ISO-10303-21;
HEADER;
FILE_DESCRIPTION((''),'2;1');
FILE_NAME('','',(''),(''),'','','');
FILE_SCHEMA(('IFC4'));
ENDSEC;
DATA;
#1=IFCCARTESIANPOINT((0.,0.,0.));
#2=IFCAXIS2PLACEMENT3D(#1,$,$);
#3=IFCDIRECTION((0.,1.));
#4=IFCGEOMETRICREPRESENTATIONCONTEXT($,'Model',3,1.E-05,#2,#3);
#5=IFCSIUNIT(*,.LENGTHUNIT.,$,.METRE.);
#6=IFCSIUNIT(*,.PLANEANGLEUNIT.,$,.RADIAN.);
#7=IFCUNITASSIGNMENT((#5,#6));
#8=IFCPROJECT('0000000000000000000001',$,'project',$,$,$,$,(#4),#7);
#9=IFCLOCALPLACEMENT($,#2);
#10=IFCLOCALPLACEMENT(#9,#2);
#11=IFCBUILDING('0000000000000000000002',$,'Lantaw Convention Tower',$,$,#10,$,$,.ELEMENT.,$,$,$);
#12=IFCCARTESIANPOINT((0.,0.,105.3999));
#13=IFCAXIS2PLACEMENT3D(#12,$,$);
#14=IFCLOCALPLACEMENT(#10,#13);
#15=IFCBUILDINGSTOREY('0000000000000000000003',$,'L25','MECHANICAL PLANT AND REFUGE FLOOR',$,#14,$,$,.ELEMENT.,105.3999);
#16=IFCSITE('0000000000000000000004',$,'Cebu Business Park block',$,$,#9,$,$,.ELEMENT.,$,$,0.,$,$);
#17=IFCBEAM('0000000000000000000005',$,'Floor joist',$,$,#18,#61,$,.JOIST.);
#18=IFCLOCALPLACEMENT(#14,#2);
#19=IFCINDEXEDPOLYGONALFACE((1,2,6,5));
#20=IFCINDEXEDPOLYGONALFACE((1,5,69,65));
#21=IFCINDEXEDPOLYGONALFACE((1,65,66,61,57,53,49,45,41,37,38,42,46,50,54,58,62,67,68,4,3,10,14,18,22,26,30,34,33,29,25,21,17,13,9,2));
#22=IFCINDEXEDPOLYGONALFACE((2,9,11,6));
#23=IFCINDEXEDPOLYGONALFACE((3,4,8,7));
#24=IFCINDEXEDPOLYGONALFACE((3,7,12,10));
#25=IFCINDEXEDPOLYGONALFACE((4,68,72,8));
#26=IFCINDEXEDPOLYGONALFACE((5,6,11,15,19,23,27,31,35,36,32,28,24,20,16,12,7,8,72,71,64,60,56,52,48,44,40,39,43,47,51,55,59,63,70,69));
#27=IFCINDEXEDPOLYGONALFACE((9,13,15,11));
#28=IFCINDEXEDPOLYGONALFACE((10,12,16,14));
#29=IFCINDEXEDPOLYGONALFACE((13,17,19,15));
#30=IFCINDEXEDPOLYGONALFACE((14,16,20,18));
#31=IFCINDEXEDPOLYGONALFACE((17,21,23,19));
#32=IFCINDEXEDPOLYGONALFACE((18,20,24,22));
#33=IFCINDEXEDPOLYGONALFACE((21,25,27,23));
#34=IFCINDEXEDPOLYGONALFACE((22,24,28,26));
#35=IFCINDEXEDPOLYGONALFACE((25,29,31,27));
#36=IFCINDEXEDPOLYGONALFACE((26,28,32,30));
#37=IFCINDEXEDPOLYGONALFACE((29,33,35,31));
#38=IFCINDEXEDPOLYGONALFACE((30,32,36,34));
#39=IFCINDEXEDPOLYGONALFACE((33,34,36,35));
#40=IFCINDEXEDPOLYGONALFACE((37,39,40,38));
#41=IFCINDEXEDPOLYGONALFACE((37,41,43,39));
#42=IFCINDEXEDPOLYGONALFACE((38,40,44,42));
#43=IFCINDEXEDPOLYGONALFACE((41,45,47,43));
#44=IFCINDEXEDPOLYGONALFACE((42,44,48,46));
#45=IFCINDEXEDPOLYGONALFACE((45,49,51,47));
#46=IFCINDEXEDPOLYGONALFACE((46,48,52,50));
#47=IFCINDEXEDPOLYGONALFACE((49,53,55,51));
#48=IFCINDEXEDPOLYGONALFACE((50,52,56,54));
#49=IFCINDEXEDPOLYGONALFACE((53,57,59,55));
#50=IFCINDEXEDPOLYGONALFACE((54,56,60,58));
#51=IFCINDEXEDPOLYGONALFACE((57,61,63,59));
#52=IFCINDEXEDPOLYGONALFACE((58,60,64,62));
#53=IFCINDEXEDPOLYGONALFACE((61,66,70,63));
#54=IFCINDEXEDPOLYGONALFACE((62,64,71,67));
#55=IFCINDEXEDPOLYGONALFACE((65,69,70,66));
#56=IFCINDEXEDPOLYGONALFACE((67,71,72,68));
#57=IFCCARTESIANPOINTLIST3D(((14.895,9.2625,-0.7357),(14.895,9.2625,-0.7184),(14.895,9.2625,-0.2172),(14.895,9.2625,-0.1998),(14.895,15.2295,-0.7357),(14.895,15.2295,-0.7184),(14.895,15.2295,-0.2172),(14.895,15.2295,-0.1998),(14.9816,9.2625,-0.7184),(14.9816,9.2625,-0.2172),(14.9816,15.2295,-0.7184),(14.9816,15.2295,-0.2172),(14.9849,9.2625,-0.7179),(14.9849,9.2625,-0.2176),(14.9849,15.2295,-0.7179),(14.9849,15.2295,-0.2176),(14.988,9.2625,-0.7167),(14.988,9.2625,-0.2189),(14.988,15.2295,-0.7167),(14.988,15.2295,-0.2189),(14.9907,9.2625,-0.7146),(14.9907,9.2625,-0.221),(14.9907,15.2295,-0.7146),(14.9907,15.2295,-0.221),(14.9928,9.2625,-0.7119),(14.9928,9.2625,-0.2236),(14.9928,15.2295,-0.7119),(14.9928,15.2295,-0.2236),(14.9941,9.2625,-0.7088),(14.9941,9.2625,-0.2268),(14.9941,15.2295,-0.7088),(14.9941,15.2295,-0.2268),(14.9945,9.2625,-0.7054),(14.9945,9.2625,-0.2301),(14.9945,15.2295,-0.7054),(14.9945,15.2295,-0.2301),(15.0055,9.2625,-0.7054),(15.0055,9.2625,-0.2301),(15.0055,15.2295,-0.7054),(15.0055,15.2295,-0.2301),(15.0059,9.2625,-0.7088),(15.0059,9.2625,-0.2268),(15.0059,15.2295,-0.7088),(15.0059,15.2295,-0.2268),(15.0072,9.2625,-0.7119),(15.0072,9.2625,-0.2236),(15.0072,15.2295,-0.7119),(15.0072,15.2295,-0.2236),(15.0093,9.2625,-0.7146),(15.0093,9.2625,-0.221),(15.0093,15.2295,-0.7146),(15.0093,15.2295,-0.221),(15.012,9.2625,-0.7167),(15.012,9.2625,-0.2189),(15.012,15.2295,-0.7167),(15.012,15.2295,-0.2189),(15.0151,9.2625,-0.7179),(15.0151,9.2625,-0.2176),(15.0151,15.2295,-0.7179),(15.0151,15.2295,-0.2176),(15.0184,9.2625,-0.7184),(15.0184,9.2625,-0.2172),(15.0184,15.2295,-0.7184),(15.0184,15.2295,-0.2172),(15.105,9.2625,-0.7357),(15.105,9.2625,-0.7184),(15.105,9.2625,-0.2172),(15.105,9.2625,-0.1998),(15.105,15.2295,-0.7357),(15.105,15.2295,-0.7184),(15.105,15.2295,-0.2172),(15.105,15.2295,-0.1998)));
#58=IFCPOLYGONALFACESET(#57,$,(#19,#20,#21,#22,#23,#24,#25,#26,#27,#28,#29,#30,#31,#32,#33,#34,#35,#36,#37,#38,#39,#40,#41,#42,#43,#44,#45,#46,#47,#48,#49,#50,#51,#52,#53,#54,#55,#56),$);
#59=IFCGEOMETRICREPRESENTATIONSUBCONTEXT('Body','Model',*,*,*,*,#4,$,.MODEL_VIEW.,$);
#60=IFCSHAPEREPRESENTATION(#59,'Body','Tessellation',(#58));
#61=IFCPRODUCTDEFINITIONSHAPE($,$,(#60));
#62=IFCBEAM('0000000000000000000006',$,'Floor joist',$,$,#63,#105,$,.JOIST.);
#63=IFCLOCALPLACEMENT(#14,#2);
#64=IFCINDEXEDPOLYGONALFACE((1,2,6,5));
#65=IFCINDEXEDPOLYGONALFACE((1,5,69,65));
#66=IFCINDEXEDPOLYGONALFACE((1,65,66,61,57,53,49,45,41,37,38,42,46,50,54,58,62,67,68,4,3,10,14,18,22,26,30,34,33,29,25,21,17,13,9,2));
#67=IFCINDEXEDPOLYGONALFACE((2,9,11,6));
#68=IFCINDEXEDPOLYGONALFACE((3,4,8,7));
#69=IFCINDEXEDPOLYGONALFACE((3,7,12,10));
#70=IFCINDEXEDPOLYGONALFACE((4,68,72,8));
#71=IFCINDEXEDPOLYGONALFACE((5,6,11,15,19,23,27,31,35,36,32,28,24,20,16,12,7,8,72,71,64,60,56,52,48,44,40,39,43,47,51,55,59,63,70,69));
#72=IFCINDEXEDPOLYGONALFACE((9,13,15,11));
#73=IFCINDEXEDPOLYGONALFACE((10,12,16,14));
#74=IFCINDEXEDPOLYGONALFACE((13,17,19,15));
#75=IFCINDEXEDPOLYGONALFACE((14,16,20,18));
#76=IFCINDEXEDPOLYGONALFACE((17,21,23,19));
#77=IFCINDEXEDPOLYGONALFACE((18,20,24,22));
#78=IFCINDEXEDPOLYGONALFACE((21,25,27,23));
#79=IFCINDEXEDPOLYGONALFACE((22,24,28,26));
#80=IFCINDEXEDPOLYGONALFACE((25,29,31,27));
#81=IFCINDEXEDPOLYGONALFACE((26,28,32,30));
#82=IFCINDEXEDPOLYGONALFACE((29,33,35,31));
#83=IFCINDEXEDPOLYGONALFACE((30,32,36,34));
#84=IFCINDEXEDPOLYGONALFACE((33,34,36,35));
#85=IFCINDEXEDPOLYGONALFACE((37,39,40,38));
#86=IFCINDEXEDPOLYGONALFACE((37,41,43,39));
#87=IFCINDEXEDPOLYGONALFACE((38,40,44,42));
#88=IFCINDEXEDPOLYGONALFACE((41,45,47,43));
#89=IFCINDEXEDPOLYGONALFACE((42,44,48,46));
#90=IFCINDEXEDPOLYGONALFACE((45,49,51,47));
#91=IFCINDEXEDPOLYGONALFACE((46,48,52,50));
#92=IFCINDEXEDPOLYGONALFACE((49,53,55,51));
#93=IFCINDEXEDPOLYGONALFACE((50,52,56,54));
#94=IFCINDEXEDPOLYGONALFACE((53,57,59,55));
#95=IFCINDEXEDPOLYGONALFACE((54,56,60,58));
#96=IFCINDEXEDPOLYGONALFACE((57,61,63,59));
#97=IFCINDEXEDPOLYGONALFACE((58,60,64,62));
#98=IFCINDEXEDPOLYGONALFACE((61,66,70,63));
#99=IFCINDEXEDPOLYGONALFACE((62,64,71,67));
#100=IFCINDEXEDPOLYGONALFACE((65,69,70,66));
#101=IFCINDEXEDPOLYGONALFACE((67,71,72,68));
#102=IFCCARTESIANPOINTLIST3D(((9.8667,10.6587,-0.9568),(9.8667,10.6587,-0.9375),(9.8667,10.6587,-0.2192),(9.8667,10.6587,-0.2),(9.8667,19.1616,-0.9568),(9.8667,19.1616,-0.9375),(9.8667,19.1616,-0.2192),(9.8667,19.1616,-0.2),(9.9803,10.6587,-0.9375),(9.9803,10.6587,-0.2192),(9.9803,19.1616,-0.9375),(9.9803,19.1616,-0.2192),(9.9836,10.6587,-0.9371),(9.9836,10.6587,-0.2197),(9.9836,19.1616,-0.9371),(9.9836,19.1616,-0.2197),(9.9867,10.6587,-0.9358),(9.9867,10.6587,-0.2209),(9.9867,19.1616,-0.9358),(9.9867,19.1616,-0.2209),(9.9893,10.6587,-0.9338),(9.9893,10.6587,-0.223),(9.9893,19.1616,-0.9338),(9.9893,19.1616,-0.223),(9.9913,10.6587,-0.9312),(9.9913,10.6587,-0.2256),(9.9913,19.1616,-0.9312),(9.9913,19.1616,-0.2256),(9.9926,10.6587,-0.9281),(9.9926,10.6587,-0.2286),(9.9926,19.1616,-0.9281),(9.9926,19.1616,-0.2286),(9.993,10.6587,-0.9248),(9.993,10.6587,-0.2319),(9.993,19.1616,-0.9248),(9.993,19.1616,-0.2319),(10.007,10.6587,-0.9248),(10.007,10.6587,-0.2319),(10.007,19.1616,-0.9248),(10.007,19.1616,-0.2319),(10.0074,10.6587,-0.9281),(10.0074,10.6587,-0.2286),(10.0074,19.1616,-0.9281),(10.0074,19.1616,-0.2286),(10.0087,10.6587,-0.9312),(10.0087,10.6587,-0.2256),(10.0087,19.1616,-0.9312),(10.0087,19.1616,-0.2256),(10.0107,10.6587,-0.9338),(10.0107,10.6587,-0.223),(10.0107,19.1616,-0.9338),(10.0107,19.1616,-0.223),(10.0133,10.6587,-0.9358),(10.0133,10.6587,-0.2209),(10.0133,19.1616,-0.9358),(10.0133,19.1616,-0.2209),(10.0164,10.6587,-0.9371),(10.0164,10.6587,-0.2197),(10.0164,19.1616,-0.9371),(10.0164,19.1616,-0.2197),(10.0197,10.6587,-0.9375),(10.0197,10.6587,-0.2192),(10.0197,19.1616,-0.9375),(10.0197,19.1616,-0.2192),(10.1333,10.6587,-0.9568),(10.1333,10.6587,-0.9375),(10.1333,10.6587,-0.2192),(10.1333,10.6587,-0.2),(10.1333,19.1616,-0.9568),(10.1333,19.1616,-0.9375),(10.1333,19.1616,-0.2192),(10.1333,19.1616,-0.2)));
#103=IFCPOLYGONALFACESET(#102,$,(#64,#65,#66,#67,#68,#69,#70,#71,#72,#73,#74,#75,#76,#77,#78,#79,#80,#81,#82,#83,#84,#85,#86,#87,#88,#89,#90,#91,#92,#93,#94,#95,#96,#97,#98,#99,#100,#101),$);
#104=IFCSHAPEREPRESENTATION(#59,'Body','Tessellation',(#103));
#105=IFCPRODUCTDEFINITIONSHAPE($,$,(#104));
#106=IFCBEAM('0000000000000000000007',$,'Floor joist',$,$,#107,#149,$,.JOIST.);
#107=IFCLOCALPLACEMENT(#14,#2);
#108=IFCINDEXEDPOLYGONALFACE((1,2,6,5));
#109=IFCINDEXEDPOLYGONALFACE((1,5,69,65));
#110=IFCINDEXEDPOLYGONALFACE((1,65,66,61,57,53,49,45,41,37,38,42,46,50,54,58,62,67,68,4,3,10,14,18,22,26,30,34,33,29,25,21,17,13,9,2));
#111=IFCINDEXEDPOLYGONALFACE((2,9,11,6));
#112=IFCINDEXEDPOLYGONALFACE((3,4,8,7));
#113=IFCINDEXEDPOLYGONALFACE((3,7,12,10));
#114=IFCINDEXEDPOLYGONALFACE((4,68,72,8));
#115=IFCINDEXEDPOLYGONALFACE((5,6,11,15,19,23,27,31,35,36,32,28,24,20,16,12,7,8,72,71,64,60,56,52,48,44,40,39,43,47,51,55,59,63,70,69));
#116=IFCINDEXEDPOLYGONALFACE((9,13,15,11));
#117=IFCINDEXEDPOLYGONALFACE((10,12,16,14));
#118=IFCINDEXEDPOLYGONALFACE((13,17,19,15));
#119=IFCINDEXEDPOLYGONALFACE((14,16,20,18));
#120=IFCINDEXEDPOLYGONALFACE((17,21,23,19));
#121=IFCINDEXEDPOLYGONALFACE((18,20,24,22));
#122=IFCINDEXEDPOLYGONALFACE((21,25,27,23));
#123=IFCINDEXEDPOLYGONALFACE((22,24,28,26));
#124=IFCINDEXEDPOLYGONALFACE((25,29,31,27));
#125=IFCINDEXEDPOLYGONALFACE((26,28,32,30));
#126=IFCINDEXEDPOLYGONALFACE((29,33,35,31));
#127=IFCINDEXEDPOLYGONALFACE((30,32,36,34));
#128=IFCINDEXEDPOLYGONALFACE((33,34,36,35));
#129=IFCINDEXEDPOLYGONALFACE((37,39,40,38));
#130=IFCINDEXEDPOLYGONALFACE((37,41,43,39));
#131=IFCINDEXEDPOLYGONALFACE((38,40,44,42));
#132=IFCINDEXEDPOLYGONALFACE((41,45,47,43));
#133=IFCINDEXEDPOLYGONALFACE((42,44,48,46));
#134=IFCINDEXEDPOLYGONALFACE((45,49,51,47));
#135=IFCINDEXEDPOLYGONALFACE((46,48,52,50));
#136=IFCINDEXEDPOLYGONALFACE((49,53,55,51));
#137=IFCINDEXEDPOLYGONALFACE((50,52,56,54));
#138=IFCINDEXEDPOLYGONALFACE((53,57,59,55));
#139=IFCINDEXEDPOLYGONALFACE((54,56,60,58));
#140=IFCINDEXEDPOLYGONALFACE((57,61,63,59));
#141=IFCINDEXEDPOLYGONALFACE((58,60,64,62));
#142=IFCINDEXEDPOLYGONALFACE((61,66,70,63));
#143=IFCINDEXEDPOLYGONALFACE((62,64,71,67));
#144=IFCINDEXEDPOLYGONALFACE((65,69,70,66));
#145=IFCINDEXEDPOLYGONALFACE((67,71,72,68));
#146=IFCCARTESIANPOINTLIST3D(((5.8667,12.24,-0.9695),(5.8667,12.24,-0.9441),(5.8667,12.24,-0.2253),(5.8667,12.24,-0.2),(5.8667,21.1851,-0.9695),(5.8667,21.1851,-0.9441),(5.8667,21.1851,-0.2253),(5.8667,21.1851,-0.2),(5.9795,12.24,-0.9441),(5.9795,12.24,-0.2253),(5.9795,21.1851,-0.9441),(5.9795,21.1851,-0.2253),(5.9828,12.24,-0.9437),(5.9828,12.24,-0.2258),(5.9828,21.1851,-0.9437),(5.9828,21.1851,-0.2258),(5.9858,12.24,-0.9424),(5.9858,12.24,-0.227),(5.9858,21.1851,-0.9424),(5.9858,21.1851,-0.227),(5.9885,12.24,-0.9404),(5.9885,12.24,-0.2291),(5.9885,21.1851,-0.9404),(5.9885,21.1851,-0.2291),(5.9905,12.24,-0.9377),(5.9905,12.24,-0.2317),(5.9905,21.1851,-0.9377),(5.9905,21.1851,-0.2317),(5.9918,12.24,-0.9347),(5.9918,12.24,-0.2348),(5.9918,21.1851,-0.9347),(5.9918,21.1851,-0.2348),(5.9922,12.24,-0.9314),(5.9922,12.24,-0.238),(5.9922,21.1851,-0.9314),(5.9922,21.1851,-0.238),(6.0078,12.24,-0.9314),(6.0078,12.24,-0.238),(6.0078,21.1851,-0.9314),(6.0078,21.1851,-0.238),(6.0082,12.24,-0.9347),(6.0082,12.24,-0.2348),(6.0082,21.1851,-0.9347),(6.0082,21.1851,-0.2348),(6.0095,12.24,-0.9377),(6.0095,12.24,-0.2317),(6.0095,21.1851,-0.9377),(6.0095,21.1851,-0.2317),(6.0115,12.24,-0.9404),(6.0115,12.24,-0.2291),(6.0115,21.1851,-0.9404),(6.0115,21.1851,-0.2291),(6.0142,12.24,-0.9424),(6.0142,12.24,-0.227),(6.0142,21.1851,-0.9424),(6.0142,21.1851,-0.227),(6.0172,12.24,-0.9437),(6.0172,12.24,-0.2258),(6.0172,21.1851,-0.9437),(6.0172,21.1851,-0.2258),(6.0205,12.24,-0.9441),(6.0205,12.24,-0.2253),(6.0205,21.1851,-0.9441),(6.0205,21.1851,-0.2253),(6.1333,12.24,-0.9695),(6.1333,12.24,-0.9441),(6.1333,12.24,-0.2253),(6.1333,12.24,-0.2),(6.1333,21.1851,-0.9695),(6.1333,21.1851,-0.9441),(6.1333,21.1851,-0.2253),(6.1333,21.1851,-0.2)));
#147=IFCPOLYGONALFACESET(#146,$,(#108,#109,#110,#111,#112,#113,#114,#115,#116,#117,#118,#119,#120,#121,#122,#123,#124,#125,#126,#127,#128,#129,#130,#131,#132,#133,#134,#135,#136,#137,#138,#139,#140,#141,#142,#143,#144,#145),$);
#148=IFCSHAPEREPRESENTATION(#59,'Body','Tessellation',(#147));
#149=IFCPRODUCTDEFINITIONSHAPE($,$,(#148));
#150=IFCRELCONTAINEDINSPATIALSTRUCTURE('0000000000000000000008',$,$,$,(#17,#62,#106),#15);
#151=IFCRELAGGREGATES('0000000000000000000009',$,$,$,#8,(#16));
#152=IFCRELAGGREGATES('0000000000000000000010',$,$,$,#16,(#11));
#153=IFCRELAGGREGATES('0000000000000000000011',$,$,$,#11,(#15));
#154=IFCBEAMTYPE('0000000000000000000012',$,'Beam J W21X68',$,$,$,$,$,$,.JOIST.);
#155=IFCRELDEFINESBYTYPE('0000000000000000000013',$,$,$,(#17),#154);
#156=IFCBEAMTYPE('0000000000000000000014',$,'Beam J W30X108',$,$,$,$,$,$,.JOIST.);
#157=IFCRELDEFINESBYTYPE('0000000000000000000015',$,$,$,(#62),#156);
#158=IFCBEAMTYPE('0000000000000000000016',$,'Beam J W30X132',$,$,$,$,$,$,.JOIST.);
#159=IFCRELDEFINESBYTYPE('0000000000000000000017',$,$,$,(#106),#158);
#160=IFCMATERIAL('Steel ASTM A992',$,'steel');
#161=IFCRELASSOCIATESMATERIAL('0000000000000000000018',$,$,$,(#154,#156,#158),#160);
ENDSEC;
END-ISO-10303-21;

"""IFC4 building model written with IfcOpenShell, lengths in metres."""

from ifc_helpers import new_model, si_unit, direction, frame, origin, origin_2d, place, context, subcontext, project, spatial, i_section, extrude, material, material_profile, profile_set, type_object, element, save


model = new_model("IFC4")

# Units and contexts
model_context = context("Model", 3, precision=1e-05, world=origin(), true_north=direction((0.0, 1.0)))
body_context = subcontext(model_context, "Body", "Model", "MODEL_VIEW")
ifc_project = project(units=[si_unit("LENGTHUNIT", "METRE"), si_unit("PLANEANGLEUNIT", "RADIAN")], contexts=[model_context])

# Site, building, storey
site_placement = place(None, origin())
site = spatial("IfcSite", under=ifc_project, at=site_placement, Name="Cebu Business Park block", CompositionType="ELEMENT", RefElevation=0.0)
building_placement = place(site_placement, origin())
building = spatial("IfcBuilding", under=site, at=building_placement, Name="Lantaw Convention Tower", CompositionType="ELEMENT")
storey_placement = place(building_placement, frame((0.0, 0.0, 105.3999)))
storey = spatial("IfcBuildingStorey", under=building, at=storey_placement, Name="L25", Description="MECHANICAL PLANT AND REFUGE FLOOR", CompositionType="ELEMENT", Elevation=105.3999)

# Beams
ifc_material_1 = material(Name="Steel ASTM A992", Category="steel")
ifc_material_profile_1 = material_profile(ifc_material_1, i_section(OverallWidth=0.21, OverallDepth=0.5359, WebThickness=0.011, FlangeThickness=0.0173, FilletRadius=0.0129, at=origin_2d()), Name="W21X68")
ifc_profile_set_1 = profile_set([ifc_material_profile_1], Name="Steel ASTM A992")
beam_type_1 = type_object("IfcBeamType", Name="Beam J W21X68", PredefinedType="JOIST", material=ifc_profile_set_1)
beam_1_placement = place(storey_placement, frame((15.0, 9.2625, -0.4678), z_axis=(0.0, 1.0, 0.0), x_axis=(-1.0, 0.0, 0.0)))
element("IfcBeam", 1, at=beam_1_placement, inside=storey, type_object=beam_type_1, Name="Floor joist", PredefinedType="JOIST", context=body_context, shape_type="SweptSolid", body=[
    extrude(i_section(OverallWidth=0.21, OverallDepth=0.5359, WebThickness=0.011, FlangeThickness=0.0173, FilletRadius=0.0129, at=origin_2d()), origin(), (0.0, 0.0, 1.0), 5.967),
])
ifc_material_profile_2 = material_profile(ifc_material_1, i_section(OverallWidth=0.2666, OverallDepth=0.7568, WebThickness=0.0139, FlangeThickness=0.0193, FilletRadius=0.0127, at=origin_2d()), Name="W30X108")
ifc_profile_set_2 = profile_set([ifc_material_profile_2], Name="Steel ASTM A992")
beam_type_2 = type_object("IfcBeamType", Name="Beam J W30X108", PredefinedType="JOIST", material=ifc_profile_set_2)
beam_2_placement = place(storey_placement, frame((10.0, 10.6587, -0.5784), z_axis=(0.0, 1.0, 0.0), x_axis=(-1.0, 0.0, 0.0)))
element("IfcBeam", 2, at=beam_2_placement, inside=storey, type_object=beam_type_2, Name="Floor joist", PredefinedType="JOIST", context=body_context, shape_type="SweptSolid", body=[
    extrude(i_section(OverallWidth=0.2666, OverallDepth=0.7568, WebThickness=0.0139, FlangeThickness=0.0193, FilletRadius=0.0127, at=origin_2d()), origin(), (0.0, 0.0, 1.0), 8.5029),
])
ifc_material_profile_3 = material_profile(ifc_material_1, i_section(OverallWidth=0.2666, OverallDepth=0.7695, WebThickness=0.0156, FlangeThickness=0.0254, FilletRadius=0.0127, at=origin_2d()), Name="W30X132")
ifc_profile_set_3 = profile_set([ifc_material_profile_3], Name="Steel ASTM A992")
beam_type_3 = type_object("IfcBeamType", Name="Beam J W30X132", PredefinedType="JOIST", material=ifc_profile_set_3)
beam_3_placement = place(storey_placement, frame((6.0, 12.24, -0.5847), z_axis=(0.0, 1.0, 0.0), x_axis=(-1.0, 0.0, 0.0)))
element("IfcBeam", 3, at=beam_3_placement, inside=storey, type_object=beam_type_3, Name="Floor joist", PredefinedType="JOIST", context=body_context, shape_type="SweptSolid", body=[
    extrude(i_section(OverallWidth=0.2666, OverallDepth=0.7695, WebThickness=0.0156, FlangeThickness=0.0254, FilletRadius=0.0127, at=origin_2d()), origin(), (0.0, 0.0, 1.0), 8.9451),
])

save(model, "model.ifc")
